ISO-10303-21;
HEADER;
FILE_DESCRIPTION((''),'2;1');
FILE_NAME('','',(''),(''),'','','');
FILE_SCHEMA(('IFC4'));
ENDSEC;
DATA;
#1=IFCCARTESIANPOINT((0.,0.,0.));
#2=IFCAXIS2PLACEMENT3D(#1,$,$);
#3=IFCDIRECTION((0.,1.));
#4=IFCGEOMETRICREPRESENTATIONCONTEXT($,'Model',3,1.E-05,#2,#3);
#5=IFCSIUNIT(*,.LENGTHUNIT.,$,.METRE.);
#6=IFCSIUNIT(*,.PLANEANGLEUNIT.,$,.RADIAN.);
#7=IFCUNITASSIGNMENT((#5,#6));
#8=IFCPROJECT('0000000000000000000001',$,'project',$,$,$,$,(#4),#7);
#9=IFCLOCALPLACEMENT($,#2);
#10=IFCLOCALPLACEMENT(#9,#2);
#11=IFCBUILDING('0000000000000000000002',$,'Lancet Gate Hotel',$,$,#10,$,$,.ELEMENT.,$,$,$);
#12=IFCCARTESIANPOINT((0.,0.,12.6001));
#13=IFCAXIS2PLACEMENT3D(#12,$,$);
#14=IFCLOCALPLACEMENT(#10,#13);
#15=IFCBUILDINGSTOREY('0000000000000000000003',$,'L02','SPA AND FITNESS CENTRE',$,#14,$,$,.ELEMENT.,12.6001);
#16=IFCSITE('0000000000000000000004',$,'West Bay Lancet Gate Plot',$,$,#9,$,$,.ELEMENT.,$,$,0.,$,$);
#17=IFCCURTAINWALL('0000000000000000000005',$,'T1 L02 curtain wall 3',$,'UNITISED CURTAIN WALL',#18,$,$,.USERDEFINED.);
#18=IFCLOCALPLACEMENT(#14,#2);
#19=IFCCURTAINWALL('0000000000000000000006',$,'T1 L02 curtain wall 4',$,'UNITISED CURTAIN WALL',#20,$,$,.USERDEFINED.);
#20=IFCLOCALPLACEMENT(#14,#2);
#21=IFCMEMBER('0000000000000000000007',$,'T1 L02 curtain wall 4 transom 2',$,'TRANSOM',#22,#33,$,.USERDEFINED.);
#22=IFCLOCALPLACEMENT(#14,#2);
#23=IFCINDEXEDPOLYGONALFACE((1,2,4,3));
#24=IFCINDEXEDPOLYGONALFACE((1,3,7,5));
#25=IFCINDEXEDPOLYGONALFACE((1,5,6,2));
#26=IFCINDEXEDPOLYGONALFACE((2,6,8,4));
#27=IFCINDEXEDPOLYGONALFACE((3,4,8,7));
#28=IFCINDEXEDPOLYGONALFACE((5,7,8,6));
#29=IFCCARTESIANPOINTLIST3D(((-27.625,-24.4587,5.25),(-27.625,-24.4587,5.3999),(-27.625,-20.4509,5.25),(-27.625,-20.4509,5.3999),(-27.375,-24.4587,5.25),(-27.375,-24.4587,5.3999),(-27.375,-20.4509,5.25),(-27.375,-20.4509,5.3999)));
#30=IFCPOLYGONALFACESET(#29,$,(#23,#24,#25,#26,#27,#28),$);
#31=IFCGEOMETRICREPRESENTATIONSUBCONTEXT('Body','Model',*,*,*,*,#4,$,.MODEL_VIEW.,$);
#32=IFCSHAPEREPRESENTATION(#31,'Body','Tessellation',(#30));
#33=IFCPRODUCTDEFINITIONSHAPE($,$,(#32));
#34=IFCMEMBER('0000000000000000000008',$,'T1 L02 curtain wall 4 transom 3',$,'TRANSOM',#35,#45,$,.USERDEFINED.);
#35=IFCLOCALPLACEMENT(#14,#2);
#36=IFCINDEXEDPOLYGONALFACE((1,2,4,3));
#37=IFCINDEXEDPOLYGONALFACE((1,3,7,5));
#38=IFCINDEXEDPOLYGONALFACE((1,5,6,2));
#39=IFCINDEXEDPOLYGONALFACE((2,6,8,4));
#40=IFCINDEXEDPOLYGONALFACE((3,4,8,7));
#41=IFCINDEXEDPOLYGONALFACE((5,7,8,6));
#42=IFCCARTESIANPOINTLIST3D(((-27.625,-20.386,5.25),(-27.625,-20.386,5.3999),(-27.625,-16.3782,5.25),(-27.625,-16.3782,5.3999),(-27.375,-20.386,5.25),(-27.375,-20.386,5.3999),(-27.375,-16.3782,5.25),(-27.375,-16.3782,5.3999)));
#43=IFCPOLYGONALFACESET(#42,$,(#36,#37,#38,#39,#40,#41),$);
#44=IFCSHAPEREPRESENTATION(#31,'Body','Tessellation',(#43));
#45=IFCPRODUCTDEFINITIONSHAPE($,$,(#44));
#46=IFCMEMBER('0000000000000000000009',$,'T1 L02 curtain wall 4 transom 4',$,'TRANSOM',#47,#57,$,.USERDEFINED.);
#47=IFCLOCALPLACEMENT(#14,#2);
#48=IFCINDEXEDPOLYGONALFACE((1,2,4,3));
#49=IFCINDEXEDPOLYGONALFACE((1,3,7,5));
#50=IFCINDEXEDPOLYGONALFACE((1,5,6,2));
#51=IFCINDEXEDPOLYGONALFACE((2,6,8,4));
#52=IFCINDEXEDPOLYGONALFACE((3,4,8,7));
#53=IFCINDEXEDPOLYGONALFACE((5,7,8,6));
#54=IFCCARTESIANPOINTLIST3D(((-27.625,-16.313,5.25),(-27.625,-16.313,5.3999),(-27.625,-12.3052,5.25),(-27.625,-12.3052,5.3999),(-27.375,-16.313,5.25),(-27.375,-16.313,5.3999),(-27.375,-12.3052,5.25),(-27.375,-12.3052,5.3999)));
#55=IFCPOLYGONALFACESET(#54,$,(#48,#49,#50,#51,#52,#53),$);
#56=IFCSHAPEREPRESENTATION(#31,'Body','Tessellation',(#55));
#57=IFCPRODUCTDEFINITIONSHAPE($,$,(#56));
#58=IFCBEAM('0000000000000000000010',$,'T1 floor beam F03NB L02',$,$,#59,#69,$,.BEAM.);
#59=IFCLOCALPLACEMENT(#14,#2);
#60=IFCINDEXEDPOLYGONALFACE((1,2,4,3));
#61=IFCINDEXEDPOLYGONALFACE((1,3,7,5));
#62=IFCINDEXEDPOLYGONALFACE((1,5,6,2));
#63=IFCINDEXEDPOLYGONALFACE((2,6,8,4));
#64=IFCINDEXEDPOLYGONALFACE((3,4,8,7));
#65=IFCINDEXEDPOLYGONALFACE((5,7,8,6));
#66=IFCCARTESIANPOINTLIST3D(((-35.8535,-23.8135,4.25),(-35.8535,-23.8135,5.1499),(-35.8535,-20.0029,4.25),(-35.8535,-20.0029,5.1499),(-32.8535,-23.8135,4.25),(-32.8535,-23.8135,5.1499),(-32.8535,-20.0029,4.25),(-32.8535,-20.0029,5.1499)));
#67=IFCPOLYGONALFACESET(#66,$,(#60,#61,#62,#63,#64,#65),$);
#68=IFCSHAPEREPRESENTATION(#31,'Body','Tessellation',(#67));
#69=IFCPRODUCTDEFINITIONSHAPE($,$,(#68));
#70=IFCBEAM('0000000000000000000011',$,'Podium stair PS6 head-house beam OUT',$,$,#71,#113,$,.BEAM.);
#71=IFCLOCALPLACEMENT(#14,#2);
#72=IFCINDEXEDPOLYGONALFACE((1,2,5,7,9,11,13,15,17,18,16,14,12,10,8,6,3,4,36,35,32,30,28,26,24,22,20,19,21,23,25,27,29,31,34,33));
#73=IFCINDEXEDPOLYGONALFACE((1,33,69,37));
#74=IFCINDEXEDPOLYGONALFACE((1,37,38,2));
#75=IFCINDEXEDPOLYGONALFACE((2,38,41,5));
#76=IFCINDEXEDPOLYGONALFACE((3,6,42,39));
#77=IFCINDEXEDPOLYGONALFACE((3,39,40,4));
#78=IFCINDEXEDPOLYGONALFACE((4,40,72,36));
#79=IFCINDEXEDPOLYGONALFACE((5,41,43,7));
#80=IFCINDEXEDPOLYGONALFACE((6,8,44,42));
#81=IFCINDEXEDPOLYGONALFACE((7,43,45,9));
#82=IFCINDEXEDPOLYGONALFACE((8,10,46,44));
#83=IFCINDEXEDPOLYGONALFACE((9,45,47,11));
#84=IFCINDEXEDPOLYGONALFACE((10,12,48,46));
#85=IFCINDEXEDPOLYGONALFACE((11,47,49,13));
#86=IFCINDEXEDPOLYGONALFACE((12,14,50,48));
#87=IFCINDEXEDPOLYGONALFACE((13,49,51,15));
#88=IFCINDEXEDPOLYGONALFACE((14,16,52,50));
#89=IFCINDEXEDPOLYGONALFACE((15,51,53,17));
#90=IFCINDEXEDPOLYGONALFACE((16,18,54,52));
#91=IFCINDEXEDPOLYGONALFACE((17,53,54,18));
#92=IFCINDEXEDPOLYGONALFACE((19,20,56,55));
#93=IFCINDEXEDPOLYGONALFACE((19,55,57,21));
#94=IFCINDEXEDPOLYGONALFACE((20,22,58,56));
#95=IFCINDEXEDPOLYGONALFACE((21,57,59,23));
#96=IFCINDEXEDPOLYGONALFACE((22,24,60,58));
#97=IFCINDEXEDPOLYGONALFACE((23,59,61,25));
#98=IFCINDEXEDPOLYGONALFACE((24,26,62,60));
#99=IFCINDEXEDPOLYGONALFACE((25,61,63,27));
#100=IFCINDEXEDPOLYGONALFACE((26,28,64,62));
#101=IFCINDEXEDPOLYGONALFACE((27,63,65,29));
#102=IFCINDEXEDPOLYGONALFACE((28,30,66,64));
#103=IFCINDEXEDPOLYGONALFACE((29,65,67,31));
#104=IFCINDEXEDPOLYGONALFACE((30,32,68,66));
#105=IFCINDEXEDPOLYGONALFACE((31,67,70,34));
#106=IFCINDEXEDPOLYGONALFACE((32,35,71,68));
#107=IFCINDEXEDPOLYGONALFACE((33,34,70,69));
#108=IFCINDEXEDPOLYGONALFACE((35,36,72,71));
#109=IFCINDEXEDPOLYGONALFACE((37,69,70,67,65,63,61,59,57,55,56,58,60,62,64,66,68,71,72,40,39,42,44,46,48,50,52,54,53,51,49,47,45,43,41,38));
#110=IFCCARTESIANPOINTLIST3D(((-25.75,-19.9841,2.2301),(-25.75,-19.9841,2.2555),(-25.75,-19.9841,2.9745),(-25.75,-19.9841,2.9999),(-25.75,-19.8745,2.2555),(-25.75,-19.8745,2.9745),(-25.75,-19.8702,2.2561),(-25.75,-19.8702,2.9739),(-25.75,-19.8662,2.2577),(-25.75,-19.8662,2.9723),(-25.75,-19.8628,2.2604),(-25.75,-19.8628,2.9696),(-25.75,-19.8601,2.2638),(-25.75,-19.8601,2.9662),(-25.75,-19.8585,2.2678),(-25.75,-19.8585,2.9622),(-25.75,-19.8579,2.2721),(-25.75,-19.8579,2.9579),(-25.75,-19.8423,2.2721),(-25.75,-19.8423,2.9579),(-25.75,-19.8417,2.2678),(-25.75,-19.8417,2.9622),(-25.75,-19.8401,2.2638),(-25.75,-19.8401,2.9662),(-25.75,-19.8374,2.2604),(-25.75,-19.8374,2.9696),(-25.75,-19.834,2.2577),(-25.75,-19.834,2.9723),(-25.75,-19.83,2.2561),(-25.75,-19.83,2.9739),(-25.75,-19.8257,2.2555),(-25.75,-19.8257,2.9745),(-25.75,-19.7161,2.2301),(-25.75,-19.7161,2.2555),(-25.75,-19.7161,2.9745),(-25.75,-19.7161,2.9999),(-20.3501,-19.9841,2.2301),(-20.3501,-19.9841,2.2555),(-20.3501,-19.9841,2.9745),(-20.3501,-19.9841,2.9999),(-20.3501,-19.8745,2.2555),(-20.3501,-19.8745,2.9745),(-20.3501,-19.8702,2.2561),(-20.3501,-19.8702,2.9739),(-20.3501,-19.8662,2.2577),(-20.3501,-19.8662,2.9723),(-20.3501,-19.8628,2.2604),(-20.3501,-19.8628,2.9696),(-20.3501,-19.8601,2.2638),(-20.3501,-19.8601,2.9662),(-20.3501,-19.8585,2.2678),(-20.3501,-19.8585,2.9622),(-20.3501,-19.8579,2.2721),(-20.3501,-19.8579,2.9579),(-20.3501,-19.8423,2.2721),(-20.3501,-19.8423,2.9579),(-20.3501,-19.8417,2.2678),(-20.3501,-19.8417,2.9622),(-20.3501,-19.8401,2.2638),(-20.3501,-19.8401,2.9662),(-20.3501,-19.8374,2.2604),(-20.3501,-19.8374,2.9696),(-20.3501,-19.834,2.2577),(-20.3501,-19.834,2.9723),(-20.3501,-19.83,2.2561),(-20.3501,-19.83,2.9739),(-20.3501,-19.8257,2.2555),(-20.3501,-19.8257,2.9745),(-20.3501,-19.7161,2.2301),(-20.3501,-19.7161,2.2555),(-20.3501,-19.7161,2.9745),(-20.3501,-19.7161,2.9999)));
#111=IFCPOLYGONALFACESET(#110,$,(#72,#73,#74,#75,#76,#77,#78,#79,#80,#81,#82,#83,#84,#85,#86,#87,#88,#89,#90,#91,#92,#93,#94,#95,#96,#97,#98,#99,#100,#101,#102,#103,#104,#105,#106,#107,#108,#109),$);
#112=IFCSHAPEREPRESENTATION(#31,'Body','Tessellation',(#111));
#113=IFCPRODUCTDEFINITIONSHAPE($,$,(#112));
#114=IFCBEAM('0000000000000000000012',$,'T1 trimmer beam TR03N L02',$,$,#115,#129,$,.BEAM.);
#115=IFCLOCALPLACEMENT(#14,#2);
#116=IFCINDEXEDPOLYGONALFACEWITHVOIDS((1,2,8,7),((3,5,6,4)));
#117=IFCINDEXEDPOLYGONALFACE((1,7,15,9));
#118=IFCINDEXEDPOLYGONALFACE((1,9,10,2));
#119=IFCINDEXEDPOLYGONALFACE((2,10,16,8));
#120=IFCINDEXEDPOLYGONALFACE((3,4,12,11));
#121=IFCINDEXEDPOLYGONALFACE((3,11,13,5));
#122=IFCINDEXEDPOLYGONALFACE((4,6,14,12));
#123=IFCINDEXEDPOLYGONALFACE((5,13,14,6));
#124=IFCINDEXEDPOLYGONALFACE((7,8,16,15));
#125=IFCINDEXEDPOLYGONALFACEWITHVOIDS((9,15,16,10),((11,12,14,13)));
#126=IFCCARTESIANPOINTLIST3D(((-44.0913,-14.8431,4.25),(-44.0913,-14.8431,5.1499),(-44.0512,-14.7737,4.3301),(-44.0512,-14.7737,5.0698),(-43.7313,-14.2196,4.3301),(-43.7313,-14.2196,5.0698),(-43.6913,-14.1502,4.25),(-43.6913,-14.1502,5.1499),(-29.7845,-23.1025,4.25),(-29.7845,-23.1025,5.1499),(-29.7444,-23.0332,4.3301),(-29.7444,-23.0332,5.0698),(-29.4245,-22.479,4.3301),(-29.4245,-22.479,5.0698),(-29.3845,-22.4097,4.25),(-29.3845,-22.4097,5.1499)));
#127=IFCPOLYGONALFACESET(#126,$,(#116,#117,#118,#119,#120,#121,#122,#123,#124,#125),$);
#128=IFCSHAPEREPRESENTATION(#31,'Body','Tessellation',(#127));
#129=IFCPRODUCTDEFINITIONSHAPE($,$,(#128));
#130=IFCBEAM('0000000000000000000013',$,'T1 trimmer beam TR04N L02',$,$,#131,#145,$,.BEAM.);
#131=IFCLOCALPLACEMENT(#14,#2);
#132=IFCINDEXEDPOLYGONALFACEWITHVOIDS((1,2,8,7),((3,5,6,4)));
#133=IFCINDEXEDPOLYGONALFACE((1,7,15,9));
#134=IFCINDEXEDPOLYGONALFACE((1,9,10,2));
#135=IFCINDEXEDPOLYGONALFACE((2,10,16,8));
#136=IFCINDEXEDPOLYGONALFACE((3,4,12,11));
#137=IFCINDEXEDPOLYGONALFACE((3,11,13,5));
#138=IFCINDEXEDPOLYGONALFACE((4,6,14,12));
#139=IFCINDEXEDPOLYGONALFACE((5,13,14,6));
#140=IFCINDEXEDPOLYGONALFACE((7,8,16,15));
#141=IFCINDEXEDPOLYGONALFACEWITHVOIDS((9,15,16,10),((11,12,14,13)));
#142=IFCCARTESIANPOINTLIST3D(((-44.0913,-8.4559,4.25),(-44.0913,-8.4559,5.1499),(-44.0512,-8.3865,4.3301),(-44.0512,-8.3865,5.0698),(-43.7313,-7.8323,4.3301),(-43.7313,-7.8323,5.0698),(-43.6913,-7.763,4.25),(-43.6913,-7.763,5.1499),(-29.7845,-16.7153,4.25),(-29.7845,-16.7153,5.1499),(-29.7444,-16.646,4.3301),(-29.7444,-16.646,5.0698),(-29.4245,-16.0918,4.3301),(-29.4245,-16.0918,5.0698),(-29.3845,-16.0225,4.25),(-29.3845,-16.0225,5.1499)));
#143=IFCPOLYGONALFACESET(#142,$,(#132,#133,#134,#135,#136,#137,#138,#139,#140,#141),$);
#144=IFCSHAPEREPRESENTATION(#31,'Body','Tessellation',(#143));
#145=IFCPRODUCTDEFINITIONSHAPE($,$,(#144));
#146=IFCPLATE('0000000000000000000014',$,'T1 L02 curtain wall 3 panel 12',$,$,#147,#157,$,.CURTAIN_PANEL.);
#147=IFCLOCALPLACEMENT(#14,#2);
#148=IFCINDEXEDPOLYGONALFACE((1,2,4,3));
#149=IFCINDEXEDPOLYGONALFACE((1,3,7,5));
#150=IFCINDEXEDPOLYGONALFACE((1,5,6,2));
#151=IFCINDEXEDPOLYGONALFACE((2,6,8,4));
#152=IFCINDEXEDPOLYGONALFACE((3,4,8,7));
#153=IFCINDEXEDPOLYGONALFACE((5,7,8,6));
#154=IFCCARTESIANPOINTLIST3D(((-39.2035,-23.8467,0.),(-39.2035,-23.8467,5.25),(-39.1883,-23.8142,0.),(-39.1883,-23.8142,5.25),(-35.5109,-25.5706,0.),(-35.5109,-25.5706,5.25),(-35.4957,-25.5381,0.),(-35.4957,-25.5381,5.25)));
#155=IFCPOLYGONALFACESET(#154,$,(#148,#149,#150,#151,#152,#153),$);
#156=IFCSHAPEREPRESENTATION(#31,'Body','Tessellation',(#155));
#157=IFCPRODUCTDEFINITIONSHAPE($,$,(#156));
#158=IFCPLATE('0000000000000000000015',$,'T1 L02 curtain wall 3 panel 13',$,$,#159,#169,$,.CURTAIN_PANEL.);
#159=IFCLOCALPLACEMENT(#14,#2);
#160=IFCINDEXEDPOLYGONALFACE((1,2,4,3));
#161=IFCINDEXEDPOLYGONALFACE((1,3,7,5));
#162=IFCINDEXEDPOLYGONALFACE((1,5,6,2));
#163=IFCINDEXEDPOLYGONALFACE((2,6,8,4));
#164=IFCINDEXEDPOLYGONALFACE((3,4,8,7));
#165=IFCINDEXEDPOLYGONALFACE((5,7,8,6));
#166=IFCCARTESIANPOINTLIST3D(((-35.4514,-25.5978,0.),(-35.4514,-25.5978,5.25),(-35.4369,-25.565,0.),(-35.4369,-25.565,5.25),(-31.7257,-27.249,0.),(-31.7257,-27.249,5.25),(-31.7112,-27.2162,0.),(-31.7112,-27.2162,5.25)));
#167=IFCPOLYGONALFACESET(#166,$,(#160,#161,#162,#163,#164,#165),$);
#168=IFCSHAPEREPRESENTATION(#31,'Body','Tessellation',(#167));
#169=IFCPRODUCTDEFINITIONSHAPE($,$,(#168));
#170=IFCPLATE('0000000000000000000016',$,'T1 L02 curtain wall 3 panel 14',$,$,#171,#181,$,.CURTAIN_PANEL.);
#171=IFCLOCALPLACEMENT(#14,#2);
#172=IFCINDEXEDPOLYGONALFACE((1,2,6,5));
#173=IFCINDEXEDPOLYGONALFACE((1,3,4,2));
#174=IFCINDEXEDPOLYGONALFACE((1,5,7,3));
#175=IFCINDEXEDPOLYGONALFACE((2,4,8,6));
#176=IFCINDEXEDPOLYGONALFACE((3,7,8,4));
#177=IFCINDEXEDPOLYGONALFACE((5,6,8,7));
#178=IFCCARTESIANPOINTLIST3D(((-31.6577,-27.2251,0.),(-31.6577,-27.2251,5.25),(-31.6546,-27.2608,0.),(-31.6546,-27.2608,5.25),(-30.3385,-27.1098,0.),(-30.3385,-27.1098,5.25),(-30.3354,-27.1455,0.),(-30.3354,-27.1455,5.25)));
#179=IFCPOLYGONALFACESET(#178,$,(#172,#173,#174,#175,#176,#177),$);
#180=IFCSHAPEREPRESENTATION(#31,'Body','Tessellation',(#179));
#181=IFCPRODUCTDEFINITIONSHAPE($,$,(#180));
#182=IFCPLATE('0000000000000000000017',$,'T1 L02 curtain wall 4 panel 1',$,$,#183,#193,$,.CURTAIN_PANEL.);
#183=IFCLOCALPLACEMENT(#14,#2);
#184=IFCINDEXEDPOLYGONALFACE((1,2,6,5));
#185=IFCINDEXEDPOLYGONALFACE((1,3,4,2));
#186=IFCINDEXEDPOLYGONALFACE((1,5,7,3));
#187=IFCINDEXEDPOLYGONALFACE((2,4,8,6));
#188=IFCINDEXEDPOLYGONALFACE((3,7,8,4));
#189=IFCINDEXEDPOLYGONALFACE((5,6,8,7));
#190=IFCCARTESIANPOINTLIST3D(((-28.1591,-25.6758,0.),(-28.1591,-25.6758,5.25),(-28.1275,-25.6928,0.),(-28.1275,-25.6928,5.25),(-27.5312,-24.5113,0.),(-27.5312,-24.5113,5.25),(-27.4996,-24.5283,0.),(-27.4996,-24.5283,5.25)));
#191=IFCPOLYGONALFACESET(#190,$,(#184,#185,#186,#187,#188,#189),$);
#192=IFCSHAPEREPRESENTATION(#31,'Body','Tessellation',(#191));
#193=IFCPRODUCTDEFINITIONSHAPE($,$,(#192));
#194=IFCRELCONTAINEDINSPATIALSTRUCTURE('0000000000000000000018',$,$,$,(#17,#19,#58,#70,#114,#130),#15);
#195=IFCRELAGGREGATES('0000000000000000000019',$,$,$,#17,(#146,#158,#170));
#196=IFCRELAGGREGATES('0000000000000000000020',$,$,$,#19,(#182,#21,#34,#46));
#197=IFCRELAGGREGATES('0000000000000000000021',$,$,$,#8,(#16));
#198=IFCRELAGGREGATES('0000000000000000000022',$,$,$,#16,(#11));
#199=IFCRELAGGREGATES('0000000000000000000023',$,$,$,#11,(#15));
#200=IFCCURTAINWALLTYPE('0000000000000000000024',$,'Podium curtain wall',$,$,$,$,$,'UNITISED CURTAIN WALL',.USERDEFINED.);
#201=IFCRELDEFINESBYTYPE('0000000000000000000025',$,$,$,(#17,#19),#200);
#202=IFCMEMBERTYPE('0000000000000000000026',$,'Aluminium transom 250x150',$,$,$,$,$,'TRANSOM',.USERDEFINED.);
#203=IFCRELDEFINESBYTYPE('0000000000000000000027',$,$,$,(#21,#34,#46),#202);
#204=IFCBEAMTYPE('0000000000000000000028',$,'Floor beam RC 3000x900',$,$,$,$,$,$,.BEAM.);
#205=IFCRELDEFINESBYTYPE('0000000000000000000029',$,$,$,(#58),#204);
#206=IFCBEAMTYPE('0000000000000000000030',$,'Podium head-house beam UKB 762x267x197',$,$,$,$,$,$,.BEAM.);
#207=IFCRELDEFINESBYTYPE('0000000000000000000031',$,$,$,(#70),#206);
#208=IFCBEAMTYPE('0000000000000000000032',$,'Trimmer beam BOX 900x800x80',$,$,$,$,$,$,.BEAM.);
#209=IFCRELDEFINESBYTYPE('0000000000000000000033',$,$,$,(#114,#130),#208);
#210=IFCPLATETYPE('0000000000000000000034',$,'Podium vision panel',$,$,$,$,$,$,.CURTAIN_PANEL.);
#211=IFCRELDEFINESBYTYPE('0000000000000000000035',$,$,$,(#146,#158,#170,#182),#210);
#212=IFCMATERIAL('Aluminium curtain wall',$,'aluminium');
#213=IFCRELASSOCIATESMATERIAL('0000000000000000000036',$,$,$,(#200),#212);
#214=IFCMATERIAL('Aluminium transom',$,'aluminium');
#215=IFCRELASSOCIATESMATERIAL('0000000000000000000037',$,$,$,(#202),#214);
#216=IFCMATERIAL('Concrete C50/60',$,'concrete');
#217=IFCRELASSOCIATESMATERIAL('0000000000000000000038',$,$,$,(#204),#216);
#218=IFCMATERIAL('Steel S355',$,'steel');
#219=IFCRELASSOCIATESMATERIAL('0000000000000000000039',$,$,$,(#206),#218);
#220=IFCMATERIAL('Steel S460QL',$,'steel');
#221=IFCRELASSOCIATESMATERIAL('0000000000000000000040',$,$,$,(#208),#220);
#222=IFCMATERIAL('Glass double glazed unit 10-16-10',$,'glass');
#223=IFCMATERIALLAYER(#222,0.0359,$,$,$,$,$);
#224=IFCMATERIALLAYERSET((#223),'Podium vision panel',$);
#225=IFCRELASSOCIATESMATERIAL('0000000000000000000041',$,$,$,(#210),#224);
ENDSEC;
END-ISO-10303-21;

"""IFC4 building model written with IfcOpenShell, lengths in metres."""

from ifc_helpers import new_model, si_unit, direction, frame, origin, origin_2d, place, context, subcontext, project, spatial, rectangle, hollow_rectangle, i_section, extrude, material, layer, layer_set, material_profile, profile_set, type_object, element, aggregate, save


model = new_model("IFC4")

# Units and contexts
model_context = context("Model", 3, precision=1e-05, world=origin(), true_north=direction((0.0, 1.0)))
body_context = subcontext(model_context, "Body", "Model", "MODEL_VIEW")
ifc_project = project(units=[si_unit("LENGTHUNIT", "METRE"), si_unit("PLANEANGLEUNIT", "RADIAN")], contexts=[model_context])

# Site, building, storey
site_placement = place(None, origin())
site = spatial("IfcSite", under=ifc_project, at=site_placement, Name="West Bay Lancet Gate Plot", CompositionType="ELEMENT", RefElevation=0.0)
building_placement = place(site_placement, origin())
building = spatial("IfcBuilding", under=site, at=building_placement, Name="Lancet Gate Hotel", CompositionType="ELEMENT")
storey_placement = place(building_placement, frame((0.0, 0.0, 12.6001)))
storey = spatial("IfcBuildingStorey", under=building, at=storey_placement, Name="L02", Description="SPA AND FITNESS CENTRE", CompositionType="ELEMENT", Elevation=12.6001)

# Curtain walls
ifc_material_1 = material(Name="Aluminium curtain wall", Category="aluminium")
curtain_wall_type = type_object("IfcCurtainWallType", Name="Podium curtain wall", ElementType="UNITISED CURTAIN WALL", PredefinedType="USERDEFINED", material=ifc_material_1)
curtain_wall_1_placement = place(storey_placement, origin())
curtain_wall_1 = element("IfcCurtainWall", 1, at=curtain_wall_1_placement, inside=storey, type_object=curtain_wall_type, Name="T1 L02 curtain wall 3", ObjectType="UNITISED CURTAIN WALL", PredefinedType="USERDEFINED")
curtain_wall_2_placement = place(storey_placement, origin())
curtain_wall_2 = element("IfcCurtainWall", 2, at=curtain_wall_2_placement, inside=storey, type_object=curtain_wall_type, Name="T1 L02 curtain wall 4", ObjectType="UNITISED CURTAIN WALL", PredefinedType="USERDEFINED")

# Members
ifc_material_2 = material(Name="Aluminium transom", Category="aluminium")
ifc_material_profile_1 = material_profile(ifc_material_2, rectangle(XDim=0.25, YDim=0.1499, at=origin_2d()), Name="TRANSOM 250x150")
ifc_profile_set_1 = profile_set([ifc_material_profile_1], Name="Aluminium transom")
member_type_1 = type_object("IfcMemberType", Name="Aluminium transom 250x150", ElementType="TRANSOM", PredefinedType="USERDEFINED", material=ifc_profile_set_1)
member_1_placement = place(storey_placement, frame((-27.5, -24.4587, 5.325), z_axis=(0.0, 1.0, 0.0), x_axis=(-1.0, 0.0, 0.0)))
member_1 = element("IfcMember", 3, at=member_1_placement, type_object=member_type_1, Name="T1 L02 curtain wall 4 transom 2", ObjectType="TRANSOM", PredefinedType="USERDEFINED", context=body_context, shape_type="SweptSolid", body=[
    extrude(rectangle(XDim=0.25, YDim=0.1499, at=origin_2d()), origin(), (0.0, 0.0, 1.0), 4.0078),
])
member_2_placement = place(storey_placement, frame((-27.5, -20.386, 5.325), z_axis=(0.0, 1.0, 0.0), x_axis=(-1.0, 0.0, 0.0)))
member_2 = element("IfcMember", 4, at=member_2_placement, type_object=member_type_1, Name="T1 L02 curtain wall 4 transom 3", ObjectType="TRANSOM", PredefinedType="USERDEFINED", context=body_context, shape_type="SweptSolid", body=[
    extrude(rectangle(XDim=0.25, YDim=0.1499, at=origin_2d()), origin(), (0.0, 0.0, 1.0), 4.0078),
])
member_3_placement = place(storey_placement, frame((-27.5, -16.313, 5.325), z_axis=(0.0, 1.0, 0.0), x_axis=(-1.0, 0.0, 0.0)))
member_3 = element("IfcMember", 5, at=member_3_placement, type_object=member_type_1, Name="T1 L02 curtain wall 4 transom 4", ObjectType="TRANSOM", PredefinedType="USERDEFINED", context=body_context, shape_type="SweptSolid", body=[
    extrude(rectangle(XDim=0.25, YDim=0.1499, at=origin_2d()), origin(), (0.0, 0.0, 1.0), 4.0078),
])

# Beams
ifc_material_3 = material(Name="Concrete C50/60", Category="concrete")
ifc_material_profile_2 = material_profile(ifc_material_3, rectangle(XDim=3.0, YDim=0.8999, at=origin_2d()), Name="RC 3000x900")
ifc_profile_set_2 = profile_set([ifc_material_profile_2], Name="Concrete C50/60")
beam_type_1 = type_object("IfcBeamType", Name="Floor beam RC 3000x900", PredefinedType="BEAM", material=ifc_profile_set_2)
beam_1_placement = place(storey_placement, frame((-34.3535, -20.0029, 4.7), z_axis=(0.0, -1.0, 0.0), x_axis=(1.0, 0.0, 0.0)))
element("IfcBeam", 6, at=beam_1_placement, inside=storey, type_object=beam_type_1, Name="T1 floor beam F03NB L02", PredefinedType="BEAM", context=body_context, shape_type="SweptSolid", body=[
    extrude(rectangle(XDim=3.0, YDim=0.8999, at=origin_2d()), origin(), (0.0, 0.0, 1.0), 3.8105),
])
ifc_material_4 = material(Name="Steel S355", Category="steel")
ifc_material_profile_3 = material_profile(ifc_material_4, i_section(OverallWidth=0.2681, OverallDepth=0.7698, WebThickness=0.0156, FlangeThickness=0.0254, FilletRadius=0.0166, at=origin_2d()), Name="UKB 762x267x197")
ifc_profile_set_3 = profile_set([ifc_material_profile_3], Name="Steel S355")
beam_type_2 = type_object("IfcBeamType", Name="Podium head-house beam UKB 762x267x197", PredefinedType="BEAM", material=ifc_profile_set_3)
beam_2_placement = place(storey_placement, frame((-25.75, -19.8501, 2.615), z_axis=(1.0, 0.0, 0.0), x_axis=(0.0, 1.0, 0.0)))
element("IfcBeam", 7, at=beam_2_placement, inside=storey, type_object=beam_type_2, Name="Podium stair PS6 head-house beam OUT", PredefinedType="BEAM", context=body_context, shape_type="SweptSolid", body=[
    extrude(i_section(OverallWidth=0.2681, OverallDepth=0.7698, WebThickness=0.0156, FlangeThickness=0.0254, FilletRadius=0.0166, at=origin_2d()), origin(), (0.0, 0.0, 1.0), 5.3999),
])
ifc_material_5 = material(Name="Steel S460QL", Category="steel")
ifc_material_profile_4 = material_profile(ifc_material_5, hollow_rectangle(XDim=0.8, YDim=0.8999, WallThickness=0.0801, at=origin_2d()), Name="BOX 900x800x80")
ifc_profile_set_4 = profile_set([ifc_material_profile_4], Name="Steel S460QL")
beam_type_3 = type_object("IfcBeamType", Name="Trimmer beam BOX 900x800x80", PredefinedType="BEAM", material=ifc_profile_set_4)
for number, where, z_axis, x_axis, name in (
    (8, (-29.5845, -22.7561, 4.7), (-0.86604, 0.499974, 0.0), (-0.499974, -0.86604, 0.0), "T1 trimmer beam TR03N L02"),
    (9, (-29.5845, -16.3689, 4.7), (-0.86604, 0.499974, 0.0), (-0.499974, -0.86604, 0.0), "T1 trimmer beam TR04N L02"),
):
    element("IfcBeam", number, at=place(storey_placement, frame(where, z_axis=z_axis, x_axis=x_axis)), inside=storey, type_object=beam_type_3, Name=name, PredefinedType="BEAM", context=body_context, shape_type="SweptSolid", body=[
        extrude(hollow_rectangle(XDim=0.8, YDim=0.8999, WallThickness=0.0801, at=origin_2d()), origin(), (0.0, 0.0, 1.0), 16.5198),
    ])

# Plates
ifc_material_6 = material(Name="Glass double glazed unit 10-16-10", Category="glass")
ifc_layer_1 = layer(ifc_material_6, 0.0359)
ifc_layer_set_1 = layer_set([ifc_layer_1], Name="Podium vision panel")
plate_type = type_object("IfcPlateType", Name="Podium vision panel", PredefinedType="CURTAIN_PANEL", material=ifc_layer_set_1)
plate_1_placement = place(storey_placement, frame((-37.3496, -24.6924, 0.0), z_axis=(0.0, 0.0, 1.0), x_axis=(0.906118, -0.423026, 0.0)))
plate_1 = element("IfcPlate", 10, at=plate_1_placement, type_object=plate_type, Name="T1 L02 curtain wall 3 panel 12", PredefinedType="CURTAIN_PANEL", context=body_context, shape_type="SweptSolid", body=[
    extrude(rectangle(XDim=4.0752, YDim=0.0359, at=origin_2d()), origin(), (0.0, 0.0, 1.0), 5.25),
])
plate_2_placement = place(storey_placement, frame((-33.5813, -26.407, 0.0), z_axis=(0.0, 0.0, 1.0), x_axis=(0.914234, -0.405186, 0.0)))
plate_2 = element("IfcPlate", 11, at=plate_2_placement, type_object=plate_type, Name="T1 L02 curtain wall 3 panel 13", PredefinedType="CURTAIN_PANEL", context=body_context, shape_type="SweptSolid", body=[
    extrude(rectangle(XDim=4.0752, YDim=0.0359, at=origin_2d()), origin(), (0.0, 0.0, 1.0), 5.25),
])
plate_3_placement = place(storey_placement, frame((-30.9966, -27.1853, 0.0), z_axis=(0.0, 0.0, 1.0), x_axis=(0.996204, 0.087052, 0.0)))
plate_3 = element("IfcPlate", 12, at=plate_3_placement, type_object=plate_type, Name="T1 L02 curtain wall 3 panel 14", PredefinedType="CURTAIN_PANEL", context=body_context, shape_type="SweptSolid", body=[
    extrude(rectangle(XDim=1.3242, YDim=0.0359, at=origin_2d()), origin(), (0.0, 0.0, 1.0), 5.25),
])
aggregate(curtain_wall_1, [plate_1, plate_2, plate_3])
plate_4_placement = place(storey_placement, frame((-27.8293, -25.1021, 0.0), z_axis=(0.0, 0.0, 1.0), x_axis=(0.474631, 0.880185, 0.0)))
plate_4 = element("IfcPlate", 13, at=plate_4_placement, type_object=plate_type, Name="T1 L02 curtain wall 4 panel 1", PredefinedType="CURTAIN_PANEL", context=body_context, shape_type="SweptSolid", body=[
    extrude(rectangle(XDim=1.323, YDim=0.0359, at=origin_2d()), origin(), (0.0, 0.0, 1.0), 5.25),
])
aggregate(curtain_wall_2, [plate_4, member_1, member_2, member_3])

save(model, "model.ifc")
